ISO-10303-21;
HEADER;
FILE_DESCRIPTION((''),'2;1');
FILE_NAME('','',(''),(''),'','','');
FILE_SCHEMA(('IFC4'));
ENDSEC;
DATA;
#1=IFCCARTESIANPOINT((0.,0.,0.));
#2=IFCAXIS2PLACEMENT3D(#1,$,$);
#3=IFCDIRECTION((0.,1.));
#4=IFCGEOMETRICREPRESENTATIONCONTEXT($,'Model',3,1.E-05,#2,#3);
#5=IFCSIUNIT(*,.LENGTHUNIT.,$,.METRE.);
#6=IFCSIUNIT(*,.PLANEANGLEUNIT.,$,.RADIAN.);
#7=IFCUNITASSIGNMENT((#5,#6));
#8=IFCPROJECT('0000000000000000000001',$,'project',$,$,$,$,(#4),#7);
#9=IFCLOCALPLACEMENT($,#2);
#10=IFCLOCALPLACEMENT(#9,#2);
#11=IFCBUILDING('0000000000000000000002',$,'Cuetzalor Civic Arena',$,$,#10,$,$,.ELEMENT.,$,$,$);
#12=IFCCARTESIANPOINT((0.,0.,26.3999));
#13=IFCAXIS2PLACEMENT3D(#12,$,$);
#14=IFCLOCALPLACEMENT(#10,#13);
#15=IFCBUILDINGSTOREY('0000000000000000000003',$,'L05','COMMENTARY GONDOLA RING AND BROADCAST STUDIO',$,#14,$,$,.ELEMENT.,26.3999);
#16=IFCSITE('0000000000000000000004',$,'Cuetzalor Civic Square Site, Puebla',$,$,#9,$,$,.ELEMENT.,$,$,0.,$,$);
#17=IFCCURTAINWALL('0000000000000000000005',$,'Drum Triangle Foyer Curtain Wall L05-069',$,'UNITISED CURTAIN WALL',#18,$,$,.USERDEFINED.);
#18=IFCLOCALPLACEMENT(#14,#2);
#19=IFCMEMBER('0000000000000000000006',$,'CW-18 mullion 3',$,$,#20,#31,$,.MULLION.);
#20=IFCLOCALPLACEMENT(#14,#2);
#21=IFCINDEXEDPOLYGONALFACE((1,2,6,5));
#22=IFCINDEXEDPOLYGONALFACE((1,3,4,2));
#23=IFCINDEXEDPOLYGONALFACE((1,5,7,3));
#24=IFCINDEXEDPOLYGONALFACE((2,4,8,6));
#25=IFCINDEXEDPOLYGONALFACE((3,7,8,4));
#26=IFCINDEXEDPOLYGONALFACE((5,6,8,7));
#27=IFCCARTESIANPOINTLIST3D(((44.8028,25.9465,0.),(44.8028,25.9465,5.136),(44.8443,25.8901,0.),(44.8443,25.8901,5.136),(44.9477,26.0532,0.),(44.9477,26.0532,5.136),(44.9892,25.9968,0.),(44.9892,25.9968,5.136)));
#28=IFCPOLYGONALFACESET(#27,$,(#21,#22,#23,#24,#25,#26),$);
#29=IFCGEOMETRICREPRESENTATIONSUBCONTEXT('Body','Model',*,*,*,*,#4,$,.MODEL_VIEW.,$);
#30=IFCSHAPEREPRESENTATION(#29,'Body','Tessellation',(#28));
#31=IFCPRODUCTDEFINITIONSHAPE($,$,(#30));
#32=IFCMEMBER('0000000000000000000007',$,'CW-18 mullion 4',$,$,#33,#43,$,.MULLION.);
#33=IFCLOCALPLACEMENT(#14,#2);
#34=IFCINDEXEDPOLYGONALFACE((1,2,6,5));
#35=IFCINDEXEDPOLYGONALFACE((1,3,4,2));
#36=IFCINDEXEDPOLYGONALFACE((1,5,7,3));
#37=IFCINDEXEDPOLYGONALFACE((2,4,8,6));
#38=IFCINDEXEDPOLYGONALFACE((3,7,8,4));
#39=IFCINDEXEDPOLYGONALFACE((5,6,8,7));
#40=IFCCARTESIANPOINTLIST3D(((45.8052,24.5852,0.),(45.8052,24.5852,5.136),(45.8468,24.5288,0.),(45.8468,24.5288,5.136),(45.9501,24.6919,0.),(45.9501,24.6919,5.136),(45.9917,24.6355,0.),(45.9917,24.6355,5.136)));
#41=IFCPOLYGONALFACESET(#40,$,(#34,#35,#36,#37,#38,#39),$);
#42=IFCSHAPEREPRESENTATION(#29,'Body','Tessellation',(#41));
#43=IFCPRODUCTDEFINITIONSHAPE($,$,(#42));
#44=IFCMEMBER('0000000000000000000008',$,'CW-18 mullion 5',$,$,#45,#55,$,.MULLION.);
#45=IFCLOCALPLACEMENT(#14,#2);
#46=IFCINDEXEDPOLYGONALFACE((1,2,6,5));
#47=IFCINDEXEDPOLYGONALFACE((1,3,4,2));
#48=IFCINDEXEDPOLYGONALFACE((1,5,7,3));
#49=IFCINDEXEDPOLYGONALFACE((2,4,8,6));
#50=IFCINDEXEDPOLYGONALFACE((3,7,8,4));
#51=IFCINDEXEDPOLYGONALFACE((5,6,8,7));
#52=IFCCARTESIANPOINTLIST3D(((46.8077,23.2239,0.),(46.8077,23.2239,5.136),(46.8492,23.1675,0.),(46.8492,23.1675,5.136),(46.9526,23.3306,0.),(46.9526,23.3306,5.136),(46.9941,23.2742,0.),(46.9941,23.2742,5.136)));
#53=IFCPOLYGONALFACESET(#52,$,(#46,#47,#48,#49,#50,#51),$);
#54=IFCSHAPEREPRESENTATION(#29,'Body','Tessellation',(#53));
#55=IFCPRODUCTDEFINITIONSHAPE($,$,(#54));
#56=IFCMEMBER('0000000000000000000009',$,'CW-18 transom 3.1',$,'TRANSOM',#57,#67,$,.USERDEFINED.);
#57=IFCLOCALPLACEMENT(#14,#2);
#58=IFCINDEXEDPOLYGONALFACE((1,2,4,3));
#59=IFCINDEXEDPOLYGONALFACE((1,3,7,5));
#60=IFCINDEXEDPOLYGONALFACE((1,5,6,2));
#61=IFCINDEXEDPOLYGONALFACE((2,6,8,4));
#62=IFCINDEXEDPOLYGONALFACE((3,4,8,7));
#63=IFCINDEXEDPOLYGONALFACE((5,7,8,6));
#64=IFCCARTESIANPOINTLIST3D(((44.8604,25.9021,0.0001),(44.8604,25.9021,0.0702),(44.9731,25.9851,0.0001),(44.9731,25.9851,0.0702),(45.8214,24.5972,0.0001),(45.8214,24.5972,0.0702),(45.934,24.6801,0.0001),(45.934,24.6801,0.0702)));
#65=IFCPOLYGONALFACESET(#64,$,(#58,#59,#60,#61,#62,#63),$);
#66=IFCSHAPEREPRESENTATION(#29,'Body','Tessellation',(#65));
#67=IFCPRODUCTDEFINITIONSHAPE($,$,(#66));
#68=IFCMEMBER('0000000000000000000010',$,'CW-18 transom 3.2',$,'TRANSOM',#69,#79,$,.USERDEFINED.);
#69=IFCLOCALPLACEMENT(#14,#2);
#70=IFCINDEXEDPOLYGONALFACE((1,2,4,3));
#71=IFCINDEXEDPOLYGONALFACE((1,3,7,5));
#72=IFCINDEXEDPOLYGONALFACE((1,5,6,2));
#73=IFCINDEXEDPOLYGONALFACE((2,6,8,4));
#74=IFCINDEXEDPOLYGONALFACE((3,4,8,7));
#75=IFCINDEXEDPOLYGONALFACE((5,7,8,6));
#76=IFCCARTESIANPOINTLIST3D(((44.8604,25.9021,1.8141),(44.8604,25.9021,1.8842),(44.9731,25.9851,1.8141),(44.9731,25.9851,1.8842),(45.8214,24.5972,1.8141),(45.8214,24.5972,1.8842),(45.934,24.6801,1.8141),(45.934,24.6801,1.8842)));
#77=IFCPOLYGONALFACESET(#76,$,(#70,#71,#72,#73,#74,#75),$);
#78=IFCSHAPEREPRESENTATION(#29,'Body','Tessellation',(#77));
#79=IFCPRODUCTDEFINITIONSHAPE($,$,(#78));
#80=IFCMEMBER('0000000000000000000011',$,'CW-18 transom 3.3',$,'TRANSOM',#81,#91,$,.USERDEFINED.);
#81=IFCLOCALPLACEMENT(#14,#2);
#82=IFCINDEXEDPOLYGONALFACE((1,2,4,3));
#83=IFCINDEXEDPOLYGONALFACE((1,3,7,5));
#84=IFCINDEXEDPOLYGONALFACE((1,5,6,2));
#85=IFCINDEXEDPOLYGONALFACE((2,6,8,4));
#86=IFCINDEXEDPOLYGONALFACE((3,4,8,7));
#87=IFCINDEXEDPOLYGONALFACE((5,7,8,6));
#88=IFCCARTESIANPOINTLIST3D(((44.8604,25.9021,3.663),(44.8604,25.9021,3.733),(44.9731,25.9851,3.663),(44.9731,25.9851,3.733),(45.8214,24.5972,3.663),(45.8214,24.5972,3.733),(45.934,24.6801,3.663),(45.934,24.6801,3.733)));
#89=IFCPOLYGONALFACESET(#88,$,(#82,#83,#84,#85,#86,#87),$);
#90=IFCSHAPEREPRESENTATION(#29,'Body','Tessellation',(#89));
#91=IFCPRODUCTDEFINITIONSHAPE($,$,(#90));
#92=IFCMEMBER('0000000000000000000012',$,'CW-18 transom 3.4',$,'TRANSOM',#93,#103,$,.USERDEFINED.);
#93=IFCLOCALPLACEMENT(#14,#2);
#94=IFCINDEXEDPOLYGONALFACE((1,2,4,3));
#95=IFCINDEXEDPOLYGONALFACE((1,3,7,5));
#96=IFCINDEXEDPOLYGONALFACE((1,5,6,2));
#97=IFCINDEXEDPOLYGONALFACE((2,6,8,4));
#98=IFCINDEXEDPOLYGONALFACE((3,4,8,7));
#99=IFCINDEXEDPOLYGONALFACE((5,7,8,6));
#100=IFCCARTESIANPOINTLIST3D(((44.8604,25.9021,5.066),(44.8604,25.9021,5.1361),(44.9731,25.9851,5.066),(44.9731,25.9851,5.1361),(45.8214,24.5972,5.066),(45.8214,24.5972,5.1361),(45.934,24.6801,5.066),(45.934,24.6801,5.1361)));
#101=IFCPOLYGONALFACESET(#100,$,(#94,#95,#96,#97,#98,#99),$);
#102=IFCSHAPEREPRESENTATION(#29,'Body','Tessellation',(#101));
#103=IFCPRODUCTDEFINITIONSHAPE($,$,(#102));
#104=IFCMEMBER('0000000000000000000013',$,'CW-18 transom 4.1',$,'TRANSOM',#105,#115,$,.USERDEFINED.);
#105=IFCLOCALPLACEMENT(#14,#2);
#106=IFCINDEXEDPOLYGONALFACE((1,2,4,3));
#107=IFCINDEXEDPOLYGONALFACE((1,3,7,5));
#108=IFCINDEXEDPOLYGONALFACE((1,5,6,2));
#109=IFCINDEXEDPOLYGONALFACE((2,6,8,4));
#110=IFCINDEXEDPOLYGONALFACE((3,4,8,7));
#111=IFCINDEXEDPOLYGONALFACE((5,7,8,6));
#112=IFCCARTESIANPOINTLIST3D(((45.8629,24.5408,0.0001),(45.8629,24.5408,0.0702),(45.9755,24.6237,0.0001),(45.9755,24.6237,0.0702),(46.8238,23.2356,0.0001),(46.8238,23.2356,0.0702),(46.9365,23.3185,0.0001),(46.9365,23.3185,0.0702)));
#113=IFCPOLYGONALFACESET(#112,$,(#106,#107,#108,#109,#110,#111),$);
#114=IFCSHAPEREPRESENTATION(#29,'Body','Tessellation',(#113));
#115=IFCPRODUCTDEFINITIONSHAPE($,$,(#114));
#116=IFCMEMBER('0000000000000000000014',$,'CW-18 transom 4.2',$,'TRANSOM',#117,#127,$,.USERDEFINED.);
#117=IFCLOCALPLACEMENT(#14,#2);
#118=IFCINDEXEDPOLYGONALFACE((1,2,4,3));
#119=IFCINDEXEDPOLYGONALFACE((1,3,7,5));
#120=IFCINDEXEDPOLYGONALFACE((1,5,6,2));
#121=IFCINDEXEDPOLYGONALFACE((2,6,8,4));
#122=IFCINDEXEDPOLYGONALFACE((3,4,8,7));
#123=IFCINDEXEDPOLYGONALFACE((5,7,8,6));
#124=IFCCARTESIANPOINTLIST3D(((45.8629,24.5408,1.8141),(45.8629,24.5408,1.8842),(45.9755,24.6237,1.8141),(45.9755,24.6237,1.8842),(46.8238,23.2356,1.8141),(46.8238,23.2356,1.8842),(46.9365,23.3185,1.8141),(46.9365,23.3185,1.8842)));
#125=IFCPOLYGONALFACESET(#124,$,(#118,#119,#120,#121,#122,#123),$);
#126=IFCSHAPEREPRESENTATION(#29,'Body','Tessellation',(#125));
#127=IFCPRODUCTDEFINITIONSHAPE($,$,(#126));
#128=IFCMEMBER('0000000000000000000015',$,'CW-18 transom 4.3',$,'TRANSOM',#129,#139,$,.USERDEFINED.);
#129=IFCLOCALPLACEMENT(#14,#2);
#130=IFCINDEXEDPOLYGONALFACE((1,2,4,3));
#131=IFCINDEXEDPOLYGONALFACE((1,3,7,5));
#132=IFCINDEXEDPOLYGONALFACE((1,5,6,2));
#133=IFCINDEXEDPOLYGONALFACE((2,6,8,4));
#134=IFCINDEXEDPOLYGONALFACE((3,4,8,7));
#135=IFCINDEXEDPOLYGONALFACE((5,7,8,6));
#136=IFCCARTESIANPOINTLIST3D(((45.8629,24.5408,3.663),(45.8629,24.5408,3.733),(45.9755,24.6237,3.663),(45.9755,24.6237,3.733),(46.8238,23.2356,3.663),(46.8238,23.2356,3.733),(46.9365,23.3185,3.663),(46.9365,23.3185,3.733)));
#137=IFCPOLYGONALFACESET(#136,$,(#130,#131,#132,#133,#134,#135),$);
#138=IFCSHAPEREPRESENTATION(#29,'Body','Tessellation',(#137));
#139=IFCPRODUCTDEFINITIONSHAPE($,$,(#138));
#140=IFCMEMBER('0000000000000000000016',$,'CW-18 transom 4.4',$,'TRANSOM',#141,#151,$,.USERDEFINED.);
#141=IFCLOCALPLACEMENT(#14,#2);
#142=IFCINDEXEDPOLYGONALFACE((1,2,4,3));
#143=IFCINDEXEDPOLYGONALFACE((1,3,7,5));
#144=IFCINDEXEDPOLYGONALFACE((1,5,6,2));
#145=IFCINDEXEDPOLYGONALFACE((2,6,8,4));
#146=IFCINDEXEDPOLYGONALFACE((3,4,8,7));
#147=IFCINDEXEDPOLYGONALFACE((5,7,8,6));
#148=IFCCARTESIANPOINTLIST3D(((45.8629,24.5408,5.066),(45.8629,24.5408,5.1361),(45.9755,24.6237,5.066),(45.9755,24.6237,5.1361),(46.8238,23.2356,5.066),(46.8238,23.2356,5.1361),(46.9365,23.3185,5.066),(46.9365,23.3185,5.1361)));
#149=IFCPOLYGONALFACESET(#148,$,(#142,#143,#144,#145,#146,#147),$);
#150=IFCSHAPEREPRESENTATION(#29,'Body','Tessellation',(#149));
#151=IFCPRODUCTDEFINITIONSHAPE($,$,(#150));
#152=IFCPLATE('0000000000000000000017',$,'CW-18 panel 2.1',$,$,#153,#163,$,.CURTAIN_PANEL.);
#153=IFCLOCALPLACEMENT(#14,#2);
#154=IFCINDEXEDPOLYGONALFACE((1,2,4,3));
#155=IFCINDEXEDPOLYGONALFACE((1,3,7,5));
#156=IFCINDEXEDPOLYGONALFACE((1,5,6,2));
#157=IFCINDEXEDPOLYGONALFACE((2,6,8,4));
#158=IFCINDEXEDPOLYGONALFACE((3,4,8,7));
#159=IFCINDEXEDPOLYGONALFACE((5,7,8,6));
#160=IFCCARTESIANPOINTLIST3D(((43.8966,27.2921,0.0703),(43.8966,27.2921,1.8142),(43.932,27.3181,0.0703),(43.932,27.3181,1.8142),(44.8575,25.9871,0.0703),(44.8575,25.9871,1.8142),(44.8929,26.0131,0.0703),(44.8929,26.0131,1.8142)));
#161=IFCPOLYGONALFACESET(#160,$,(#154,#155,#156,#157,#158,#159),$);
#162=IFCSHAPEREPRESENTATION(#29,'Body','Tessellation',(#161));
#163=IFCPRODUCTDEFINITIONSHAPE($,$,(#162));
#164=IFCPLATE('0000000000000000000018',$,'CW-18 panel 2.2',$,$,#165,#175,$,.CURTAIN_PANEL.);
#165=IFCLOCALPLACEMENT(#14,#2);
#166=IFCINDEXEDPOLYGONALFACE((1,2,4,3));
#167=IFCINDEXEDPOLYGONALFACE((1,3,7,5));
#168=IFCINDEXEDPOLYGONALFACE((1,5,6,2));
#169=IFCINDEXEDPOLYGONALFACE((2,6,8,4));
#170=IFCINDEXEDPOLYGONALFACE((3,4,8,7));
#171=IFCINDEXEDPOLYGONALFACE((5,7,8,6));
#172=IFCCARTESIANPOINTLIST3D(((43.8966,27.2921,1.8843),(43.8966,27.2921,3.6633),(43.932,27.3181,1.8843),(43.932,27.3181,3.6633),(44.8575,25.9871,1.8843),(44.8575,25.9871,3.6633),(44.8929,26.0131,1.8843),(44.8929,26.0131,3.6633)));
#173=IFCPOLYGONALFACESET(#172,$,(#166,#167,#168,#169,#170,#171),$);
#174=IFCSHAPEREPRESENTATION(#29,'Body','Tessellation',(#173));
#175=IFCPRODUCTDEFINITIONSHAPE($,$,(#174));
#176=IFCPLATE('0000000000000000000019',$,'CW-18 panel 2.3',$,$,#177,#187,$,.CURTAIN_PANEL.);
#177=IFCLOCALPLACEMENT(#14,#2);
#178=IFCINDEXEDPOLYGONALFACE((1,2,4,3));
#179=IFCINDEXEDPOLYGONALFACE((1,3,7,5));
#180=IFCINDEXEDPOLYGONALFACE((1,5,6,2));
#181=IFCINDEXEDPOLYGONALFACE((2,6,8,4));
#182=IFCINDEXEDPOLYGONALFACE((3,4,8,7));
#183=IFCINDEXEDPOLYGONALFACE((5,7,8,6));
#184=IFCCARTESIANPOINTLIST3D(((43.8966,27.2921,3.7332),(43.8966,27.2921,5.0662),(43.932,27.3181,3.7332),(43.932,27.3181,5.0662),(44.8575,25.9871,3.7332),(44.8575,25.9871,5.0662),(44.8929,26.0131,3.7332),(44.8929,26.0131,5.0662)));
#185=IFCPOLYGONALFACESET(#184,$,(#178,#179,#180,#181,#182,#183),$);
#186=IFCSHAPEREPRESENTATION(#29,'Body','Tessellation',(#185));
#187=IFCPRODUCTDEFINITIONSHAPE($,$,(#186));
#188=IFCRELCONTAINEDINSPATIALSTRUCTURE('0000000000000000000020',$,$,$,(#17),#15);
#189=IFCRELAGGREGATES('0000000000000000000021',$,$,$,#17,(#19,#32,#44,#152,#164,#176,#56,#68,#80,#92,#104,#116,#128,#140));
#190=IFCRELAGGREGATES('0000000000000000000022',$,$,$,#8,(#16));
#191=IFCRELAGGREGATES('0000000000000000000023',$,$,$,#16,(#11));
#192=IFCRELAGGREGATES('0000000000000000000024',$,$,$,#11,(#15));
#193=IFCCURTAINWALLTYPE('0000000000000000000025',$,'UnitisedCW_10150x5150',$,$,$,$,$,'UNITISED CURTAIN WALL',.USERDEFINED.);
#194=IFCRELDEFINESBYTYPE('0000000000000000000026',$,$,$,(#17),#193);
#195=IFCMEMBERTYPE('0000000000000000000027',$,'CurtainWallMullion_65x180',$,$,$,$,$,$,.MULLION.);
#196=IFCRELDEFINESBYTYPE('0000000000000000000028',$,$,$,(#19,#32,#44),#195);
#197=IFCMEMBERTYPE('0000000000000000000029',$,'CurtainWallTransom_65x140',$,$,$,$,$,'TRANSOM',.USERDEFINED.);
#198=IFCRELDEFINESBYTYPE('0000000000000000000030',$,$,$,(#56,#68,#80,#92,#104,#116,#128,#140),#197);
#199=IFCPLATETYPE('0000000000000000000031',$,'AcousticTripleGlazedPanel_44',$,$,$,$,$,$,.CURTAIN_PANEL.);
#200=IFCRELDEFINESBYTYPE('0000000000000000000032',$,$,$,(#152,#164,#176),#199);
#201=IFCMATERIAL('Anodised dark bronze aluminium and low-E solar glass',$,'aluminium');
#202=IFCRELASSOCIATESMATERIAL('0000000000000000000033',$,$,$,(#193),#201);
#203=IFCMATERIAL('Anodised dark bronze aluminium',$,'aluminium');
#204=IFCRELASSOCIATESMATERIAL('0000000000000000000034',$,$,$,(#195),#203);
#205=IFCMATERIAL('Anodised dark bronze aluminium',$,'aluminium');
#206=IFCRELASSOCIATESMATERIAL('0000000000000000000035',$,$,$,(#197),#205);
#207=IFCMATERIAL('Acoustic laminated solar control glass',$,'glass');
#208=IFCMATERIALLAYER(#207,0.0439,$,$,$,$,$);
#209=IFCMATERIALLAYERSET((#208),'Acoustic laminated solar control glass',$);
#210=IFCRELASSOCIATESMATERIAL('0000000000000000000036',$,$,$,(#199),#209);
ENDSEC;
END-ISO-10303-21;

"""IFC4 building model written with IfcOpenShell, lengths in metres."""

from ifc_helpers import new_model, si_unit, direction, frame, origin, origin_2d, place, context, subcontext, project, spatial, rectangle, extrude, material, layer, layer_set, material_profile, profile_set, type_object, element, aggregate, save


model = new_model("IFC4")

# Units and contexts
model_context = context("Model", 3, precision=1e-05, world=origin(), true_north=direction((0.0, 1.0)))
body_context = subcontext(model_context, "Body", "Model", "MODEL_VIEW")
ifc_project = project(units=[si_unit("LENGTHUNIT", "METRE"), si_unit("PLANEANGLEUNIT", "RADIAN")], contexts=[model_context])

# Site, building, storey
site_placement = place(None, origin())
site = spatial("IfcSite", under=ifc_project, at=site_placement, Name="Cuetzalor Civic Square Site, Puebla", CompositionType="ELEMENT", RefElevation=0.0)
building_placement = place(site_placement, origin())
building = spatial("IfcBuilding", under=site, at=building_placement, Name="Cuetzalor Civic Arena", CompositionType="ELEMENT")
storey_placement = place(building_placement, frame((0.0, 0.0, 26.3999)))
storey = spatial("IfcBuildingStorey", under=building, at=storey_placement, Name="L05", Description="COMMENTARY GONDOLA RING AND BROADCAST STUDIO", CompositionType="ELEMENT", Elevation=26.3999)

# Curtain wall, members, plates
ifc_material_1 = material(Name="Anodised dark bronze aluminium and low-E solar glass", Category="aluminium")
curtain_wall_type = type_object("IfcCurtainWallType", Name="UnitisedCW_10150x5150", ElementType="UNITISED CURTAIN WALL", PredefinedType="USERDEFINED", material=ifc_material_1)
curtain_wall_placement = place(storey_placement, origin())
curtain_wall = element("IfcCurtainWall", 1, at=curtain_wall_placement, inside=storey, type_object=curtain_wall_type, Name="Drum Triangle Foyer Curtain Wall L05-069", ObjectType="UNITISED CURTAIN WALL", PredefinedType="USERDEFINED")
ifc_material_2 = material(Name="Anodised dark bronze aluminium", Category="aluminium")
ifc_material_profile_1 = material_profile(ifc_material_2, rectangle(XDim=0.0701, YDim=0.1799, at=origin_2d()), Name="ALU MULLION 70x180")
ifc_profile_set_1 = profile_set([ifc_material_profile_1], Name="Anodised dark bronze aluminium")
member_type_1 = type_object("IfcMemberType", Name="CurtainWallMullion_65x180", PredefinedType="MULLION", material=ifc_profile_set_1)
member_1_placement = place(storey_placement, frame((44.896, 25.9717, 0.0), z_axis=(0.0, 0.0, 1.0), x_axis=(0.592929, -0.805255, 0.0)))
member_1 = element("IfcMember", 2, at=member_1_placement, type_object=member_type_1, Name="CW-18 mullion 3", PredefinedType="MULLION", context=body_context, shape_type="SweptSolid", body=[
    extrude(rectangle(XDim=0.0701, YDim=0.1799, at=origin_2d()), origin(), (0.0, 0.0, 1.0), 5.136),
])
member_2_placement = place(storey_placement, frame((45.8984, 24.6104, 0.0), z_axis=(0.0, 0.0, 1.0), x_axis=(0.592929, -0.805255, 0.0)))
member_2 = element("IfcMember", 3, at=member_2_placement, type_object=member_type_1, Name="CW-18 mullion 4", PredefinedType="MULLION", context=body_context, shape_type="SweptSolid", body=[
    extrude(rectangle(XDim=0.0701, YDim=0.1799, at=origin_2d()), origin(), (0.0, 0.0, 1.0), 5.136),
])
member_3_placement = place(storey_placement, frame((46.9009, 23.249, 0.0), z_axis=(0.0, 0.0, 1.0), x_axis=(0.592929, -0.805255, 0.0)))
member_3 = element("IfcMember", 4, at=member_3_placement, type_object=member_type_1, Name="CW-18 mullion 5", PredefinedType="MULLION", context=body_context, shape_type="SweptSolid", body=[
    extrude(rectangle(XDim=0.0701, YDim=0.1799, at=origin_2d()), origin(), (0.0, 0.0, 1.0), 5.136),
])
ifc_material_3 = material(Name="Anodised dark bronze aluminium", Category="aluminium")
ifc_material_profile_2 = material_profile(ifc_material_3, rectangle(XDim=0.1399, YDim=0.0701, at=origin_2d()), Name="ALU TRANSOM 70x140")
ifc_profile_set_2 = profile_set([ifc_material_profile_2], Name="Anodised dark bronze aluminium")
member_type_2 = type_object("IfcMemberType", Name="CurtainWallTransom_65x140", ElementType="TRANSOM", PredefinedType="USERDEFINED", material=ifc_profile_set_2)
member_4_placement = place(storey_placement, frame((44.9167, 25.9436, 0.0352), z_axis=(0.592963, -0.80523, 0.0), x_axis=(0.80523, 0.592963, 0.0)))
member_4 = element("IfcMember", 5, at=member_4_placement, type_object=member_type_2, Name="CW-18 transom 3.1", ObjectType="TRANSOM", PredefinedType="USERDEFINED", context=body_context, shape_type="SweptSolid", body=[
    extrude(rectangle(XDim=0.1399, YDim=0.0701, at=origin_2d()), origin(), (0.0, 0.0, 1.0), 1.6206),
])
member_5_placement = place(storey_placement, frame((44.9167, 25.9436, 1.8491), z_axis=(0.592963, -0.80523, 0.0), x_axis=(0.80523, 0.592963, 0.0)))
member_5 = element("IfcMember", 6, at=member_5_placement, type_object=member_type_2, Name="CW-18 transom 3.2", ObjectType="TRANSOM", PredefinedType="USERDEFINED", context=body_context, shape_type="SweptSolid", body=[
    extrude(rectangle(XDim=0.1399, YDim=0.0701, at=origin_2d()), origin(), (0.0, 0.0, 1.0), 1.6206),
])
member_6_placement = place(storey_placement, frame((44.9167, 25.9436, 3.698), z_axis=(0.592963, -0.80523, 0.0), x_axis=(0.80523, 0.592963, 0.0)))
member_6 = element("IfcMember", 7, at=member_6_placement, type_object=member_type_2, Name="CW-18 transom 3.3", ObjectType="TRANSOM", PredefinedType="USERDEFINED", context=body_context, shape_type="SweptSolid", body=[
    extrude(rectangle(XDim=0.1399, YDim=0.0701, at=origin_2d()), origin(), (0.0, 0.0, 1.0), 1.6206),
])
member_7_placement = place(storey_placement, frame((44.9167, 25.9436, 5.1011), z_axis=(0.592963, -0.80523, 0.0), x_axis=(0.80523, 0.592963, 0.0)))
member_7 = element("IfcMember", 8, at=member_7_placement, type_object=member_type_2, Name="CW-18 transom 3.4", ObjectType="TRANSOM", PredefinedType="USERDEFINED", context=body_context, shape_type="SweptSolid", body=[
    extrude(rectangle(XDim=0.1399, YDim=0.0701, at=origin_2d()), origin(), (0.0, 0.0, 1.0), 1.6206),
])
member_8_placement = place(storey_placement, frame((45.9192, 24.5823, 0.0352), z_axis=(0.592891, -0.805283, 0.0), x_axis=(0.805283, 0.592891, 0.0)))
member_8 = element("IfcMember", 9, at=member_8_placement, type_object=member_type_2, Name="CW-18 transom 4.1", ObjectType="TRANSOM", PredefinedType="USERDEFINED", context=body_context, shape_type="SweptSolid", body=[
    extrude(rectangle(XDim=0.1399, YDim=0.0701, at=origin_2d()), origin(), (0.0, 0.0, 1.0), 1.6208),
])
member_9_placement = place(storey_placement, frame((45.9192, 24.5823, 1.8491), z_axis=(0.592891, -0.805283, 0.0), x_axis=(0.805283, 0.592891, 0.0)))
member_9 = element("IfcMember", 10, at=member_9_placement, type_object=member_type_2, Name="CW-18 transom 4.2", ObjectType="TRANSOM", PredefinedType="USERDEFINED", context=body_context, shape_type="SweptSolid", body=[
    extrude(rectangle(XDim=0.1399, YDim=0.0701, at=origin_2d()), origin(), (0.0, 0.0, 1.0), 1.6208),
])
member_10_placement = place(storey_placement, frame((45.9192, 24.5823, 3.698), z_axis=(0.592891, -0.805283, 0.0), x_axis=(0.805283, 0.592891, 0.0)))
member_10 = element("IfcMember", 11, at=member_10_placement, type_object=member_type_2, Name="CW-18 transom 4.3", ObjectType="TRANSOM", PredefinedType="USERDEFINED", context=body_context, shape_type="SweptSolid", body=[
    extrude(rectangle(XDim=0.1399, YDim=0.0701, at=origin_2d()), origin(), (0.0, 0.0, 1.0), 1.6208),
])
member_11_placement = place(storey_placement, frame((45.9192, 24.5823, 5.1011), z_axis=(0.592891, -0.805283, 0.0), x_axis=(0.805283, 0.592891, 0.0)))
member_11 = element("IfcMember", 12, at=member_11_placement, type_object=member_type_2, Name="CW-18 transom 4.4", ObjectType="TRANSOM", PredefinedType="USERDEFINED", context=body_context, shape_type="SweptSolid", body=[
    extrude(rectangle(XDim=0.1399, YDim=0.0701, at=origin_2d()), origin(), (0.0, 0.0, 1.0), 1.6208),
])
ifc_material_4 = material(Name="Acoustic laminated solar control glass", Category="glass")
ifc_layer = layer(ifc_material_4, 0.0439)
ifc_layer_set = layer_set([ifc_layer], Name="Acoustic laminated solar control glass")
plate_type = type_object("IfcPlateType", Name="AcousticTripleGlazedPanel_44", PredefinedType="CURTAIN_PANEL", material=ifc_layer_set)
plate_1_placement = place(storey_placement, frame((44.3948, 26.6526, 0.0703), z_axis=(0.0, 0.0, 1.0), x_axis=(0.592929, -0.805255, 0.0)))
plate_1 = element("IfcPlate", 13, at=plate_1_placement, type_object=plate_type, Name="CW-18 panel 2.1", PredefinedType="CURTAIN_PANEL", context=body_context, shape_type="SweptSolid", body=[
    extrude(rectangle(XDim=1.6206, YDim=0.0439, at=origin_2d()), origin(), (0.0, 0.0, 1.0), 1.7439),
])
plate_2_placement = place(storey_placement, frame((44.3948, 26.6526, 1.8843), z_axis=(0.0, 0.0, 1.0), x_axis=(0.592929, -0.805255, 0.0)))
plate_2 = element("IfcPlate", 14, at=plate_2_placement, type_object=plate_type, Name="CW-18 panel 2.2", PredefinedType="CURTAIN_PANEL", context=body_context, shape_type="SweptSolid", body=[
    extrude(rectangle(XDim=1.6206, YDim=0.0439, at=origin_2d()), origin(), (0.0, 0.0, 1.0), 1.7791),
])
plate_3_placement = place(storey_placement, frame((44.3948, 26.6526, 3.7332), z_axis=(0.0, 0.0, 1.0), x_axis=(0.592929, -0.805255, 0.0)))
plate_3 = element("IfcPlate", 15, at=plate_3_placement, type_object=plate_type, Name="CW-18 panel 2.3", PredefinedType="CURTAIN_PANEL", context=body_context, shape_type="SweptSolid", body=[
    extrude(rectangle(XDim=1.6206, YDim=0.0439, at=origin_2d()), origin(), (0.0, 0.0, 1.0), 1.333),
])
aggregate(curtain_wall, [member_1, member_2, member_3, plate_1, plate_2, plate_3, member_4, member_5, member_6, member_7, member_8, member_9, member_10, member_11])

save(model, "model.ifc")
